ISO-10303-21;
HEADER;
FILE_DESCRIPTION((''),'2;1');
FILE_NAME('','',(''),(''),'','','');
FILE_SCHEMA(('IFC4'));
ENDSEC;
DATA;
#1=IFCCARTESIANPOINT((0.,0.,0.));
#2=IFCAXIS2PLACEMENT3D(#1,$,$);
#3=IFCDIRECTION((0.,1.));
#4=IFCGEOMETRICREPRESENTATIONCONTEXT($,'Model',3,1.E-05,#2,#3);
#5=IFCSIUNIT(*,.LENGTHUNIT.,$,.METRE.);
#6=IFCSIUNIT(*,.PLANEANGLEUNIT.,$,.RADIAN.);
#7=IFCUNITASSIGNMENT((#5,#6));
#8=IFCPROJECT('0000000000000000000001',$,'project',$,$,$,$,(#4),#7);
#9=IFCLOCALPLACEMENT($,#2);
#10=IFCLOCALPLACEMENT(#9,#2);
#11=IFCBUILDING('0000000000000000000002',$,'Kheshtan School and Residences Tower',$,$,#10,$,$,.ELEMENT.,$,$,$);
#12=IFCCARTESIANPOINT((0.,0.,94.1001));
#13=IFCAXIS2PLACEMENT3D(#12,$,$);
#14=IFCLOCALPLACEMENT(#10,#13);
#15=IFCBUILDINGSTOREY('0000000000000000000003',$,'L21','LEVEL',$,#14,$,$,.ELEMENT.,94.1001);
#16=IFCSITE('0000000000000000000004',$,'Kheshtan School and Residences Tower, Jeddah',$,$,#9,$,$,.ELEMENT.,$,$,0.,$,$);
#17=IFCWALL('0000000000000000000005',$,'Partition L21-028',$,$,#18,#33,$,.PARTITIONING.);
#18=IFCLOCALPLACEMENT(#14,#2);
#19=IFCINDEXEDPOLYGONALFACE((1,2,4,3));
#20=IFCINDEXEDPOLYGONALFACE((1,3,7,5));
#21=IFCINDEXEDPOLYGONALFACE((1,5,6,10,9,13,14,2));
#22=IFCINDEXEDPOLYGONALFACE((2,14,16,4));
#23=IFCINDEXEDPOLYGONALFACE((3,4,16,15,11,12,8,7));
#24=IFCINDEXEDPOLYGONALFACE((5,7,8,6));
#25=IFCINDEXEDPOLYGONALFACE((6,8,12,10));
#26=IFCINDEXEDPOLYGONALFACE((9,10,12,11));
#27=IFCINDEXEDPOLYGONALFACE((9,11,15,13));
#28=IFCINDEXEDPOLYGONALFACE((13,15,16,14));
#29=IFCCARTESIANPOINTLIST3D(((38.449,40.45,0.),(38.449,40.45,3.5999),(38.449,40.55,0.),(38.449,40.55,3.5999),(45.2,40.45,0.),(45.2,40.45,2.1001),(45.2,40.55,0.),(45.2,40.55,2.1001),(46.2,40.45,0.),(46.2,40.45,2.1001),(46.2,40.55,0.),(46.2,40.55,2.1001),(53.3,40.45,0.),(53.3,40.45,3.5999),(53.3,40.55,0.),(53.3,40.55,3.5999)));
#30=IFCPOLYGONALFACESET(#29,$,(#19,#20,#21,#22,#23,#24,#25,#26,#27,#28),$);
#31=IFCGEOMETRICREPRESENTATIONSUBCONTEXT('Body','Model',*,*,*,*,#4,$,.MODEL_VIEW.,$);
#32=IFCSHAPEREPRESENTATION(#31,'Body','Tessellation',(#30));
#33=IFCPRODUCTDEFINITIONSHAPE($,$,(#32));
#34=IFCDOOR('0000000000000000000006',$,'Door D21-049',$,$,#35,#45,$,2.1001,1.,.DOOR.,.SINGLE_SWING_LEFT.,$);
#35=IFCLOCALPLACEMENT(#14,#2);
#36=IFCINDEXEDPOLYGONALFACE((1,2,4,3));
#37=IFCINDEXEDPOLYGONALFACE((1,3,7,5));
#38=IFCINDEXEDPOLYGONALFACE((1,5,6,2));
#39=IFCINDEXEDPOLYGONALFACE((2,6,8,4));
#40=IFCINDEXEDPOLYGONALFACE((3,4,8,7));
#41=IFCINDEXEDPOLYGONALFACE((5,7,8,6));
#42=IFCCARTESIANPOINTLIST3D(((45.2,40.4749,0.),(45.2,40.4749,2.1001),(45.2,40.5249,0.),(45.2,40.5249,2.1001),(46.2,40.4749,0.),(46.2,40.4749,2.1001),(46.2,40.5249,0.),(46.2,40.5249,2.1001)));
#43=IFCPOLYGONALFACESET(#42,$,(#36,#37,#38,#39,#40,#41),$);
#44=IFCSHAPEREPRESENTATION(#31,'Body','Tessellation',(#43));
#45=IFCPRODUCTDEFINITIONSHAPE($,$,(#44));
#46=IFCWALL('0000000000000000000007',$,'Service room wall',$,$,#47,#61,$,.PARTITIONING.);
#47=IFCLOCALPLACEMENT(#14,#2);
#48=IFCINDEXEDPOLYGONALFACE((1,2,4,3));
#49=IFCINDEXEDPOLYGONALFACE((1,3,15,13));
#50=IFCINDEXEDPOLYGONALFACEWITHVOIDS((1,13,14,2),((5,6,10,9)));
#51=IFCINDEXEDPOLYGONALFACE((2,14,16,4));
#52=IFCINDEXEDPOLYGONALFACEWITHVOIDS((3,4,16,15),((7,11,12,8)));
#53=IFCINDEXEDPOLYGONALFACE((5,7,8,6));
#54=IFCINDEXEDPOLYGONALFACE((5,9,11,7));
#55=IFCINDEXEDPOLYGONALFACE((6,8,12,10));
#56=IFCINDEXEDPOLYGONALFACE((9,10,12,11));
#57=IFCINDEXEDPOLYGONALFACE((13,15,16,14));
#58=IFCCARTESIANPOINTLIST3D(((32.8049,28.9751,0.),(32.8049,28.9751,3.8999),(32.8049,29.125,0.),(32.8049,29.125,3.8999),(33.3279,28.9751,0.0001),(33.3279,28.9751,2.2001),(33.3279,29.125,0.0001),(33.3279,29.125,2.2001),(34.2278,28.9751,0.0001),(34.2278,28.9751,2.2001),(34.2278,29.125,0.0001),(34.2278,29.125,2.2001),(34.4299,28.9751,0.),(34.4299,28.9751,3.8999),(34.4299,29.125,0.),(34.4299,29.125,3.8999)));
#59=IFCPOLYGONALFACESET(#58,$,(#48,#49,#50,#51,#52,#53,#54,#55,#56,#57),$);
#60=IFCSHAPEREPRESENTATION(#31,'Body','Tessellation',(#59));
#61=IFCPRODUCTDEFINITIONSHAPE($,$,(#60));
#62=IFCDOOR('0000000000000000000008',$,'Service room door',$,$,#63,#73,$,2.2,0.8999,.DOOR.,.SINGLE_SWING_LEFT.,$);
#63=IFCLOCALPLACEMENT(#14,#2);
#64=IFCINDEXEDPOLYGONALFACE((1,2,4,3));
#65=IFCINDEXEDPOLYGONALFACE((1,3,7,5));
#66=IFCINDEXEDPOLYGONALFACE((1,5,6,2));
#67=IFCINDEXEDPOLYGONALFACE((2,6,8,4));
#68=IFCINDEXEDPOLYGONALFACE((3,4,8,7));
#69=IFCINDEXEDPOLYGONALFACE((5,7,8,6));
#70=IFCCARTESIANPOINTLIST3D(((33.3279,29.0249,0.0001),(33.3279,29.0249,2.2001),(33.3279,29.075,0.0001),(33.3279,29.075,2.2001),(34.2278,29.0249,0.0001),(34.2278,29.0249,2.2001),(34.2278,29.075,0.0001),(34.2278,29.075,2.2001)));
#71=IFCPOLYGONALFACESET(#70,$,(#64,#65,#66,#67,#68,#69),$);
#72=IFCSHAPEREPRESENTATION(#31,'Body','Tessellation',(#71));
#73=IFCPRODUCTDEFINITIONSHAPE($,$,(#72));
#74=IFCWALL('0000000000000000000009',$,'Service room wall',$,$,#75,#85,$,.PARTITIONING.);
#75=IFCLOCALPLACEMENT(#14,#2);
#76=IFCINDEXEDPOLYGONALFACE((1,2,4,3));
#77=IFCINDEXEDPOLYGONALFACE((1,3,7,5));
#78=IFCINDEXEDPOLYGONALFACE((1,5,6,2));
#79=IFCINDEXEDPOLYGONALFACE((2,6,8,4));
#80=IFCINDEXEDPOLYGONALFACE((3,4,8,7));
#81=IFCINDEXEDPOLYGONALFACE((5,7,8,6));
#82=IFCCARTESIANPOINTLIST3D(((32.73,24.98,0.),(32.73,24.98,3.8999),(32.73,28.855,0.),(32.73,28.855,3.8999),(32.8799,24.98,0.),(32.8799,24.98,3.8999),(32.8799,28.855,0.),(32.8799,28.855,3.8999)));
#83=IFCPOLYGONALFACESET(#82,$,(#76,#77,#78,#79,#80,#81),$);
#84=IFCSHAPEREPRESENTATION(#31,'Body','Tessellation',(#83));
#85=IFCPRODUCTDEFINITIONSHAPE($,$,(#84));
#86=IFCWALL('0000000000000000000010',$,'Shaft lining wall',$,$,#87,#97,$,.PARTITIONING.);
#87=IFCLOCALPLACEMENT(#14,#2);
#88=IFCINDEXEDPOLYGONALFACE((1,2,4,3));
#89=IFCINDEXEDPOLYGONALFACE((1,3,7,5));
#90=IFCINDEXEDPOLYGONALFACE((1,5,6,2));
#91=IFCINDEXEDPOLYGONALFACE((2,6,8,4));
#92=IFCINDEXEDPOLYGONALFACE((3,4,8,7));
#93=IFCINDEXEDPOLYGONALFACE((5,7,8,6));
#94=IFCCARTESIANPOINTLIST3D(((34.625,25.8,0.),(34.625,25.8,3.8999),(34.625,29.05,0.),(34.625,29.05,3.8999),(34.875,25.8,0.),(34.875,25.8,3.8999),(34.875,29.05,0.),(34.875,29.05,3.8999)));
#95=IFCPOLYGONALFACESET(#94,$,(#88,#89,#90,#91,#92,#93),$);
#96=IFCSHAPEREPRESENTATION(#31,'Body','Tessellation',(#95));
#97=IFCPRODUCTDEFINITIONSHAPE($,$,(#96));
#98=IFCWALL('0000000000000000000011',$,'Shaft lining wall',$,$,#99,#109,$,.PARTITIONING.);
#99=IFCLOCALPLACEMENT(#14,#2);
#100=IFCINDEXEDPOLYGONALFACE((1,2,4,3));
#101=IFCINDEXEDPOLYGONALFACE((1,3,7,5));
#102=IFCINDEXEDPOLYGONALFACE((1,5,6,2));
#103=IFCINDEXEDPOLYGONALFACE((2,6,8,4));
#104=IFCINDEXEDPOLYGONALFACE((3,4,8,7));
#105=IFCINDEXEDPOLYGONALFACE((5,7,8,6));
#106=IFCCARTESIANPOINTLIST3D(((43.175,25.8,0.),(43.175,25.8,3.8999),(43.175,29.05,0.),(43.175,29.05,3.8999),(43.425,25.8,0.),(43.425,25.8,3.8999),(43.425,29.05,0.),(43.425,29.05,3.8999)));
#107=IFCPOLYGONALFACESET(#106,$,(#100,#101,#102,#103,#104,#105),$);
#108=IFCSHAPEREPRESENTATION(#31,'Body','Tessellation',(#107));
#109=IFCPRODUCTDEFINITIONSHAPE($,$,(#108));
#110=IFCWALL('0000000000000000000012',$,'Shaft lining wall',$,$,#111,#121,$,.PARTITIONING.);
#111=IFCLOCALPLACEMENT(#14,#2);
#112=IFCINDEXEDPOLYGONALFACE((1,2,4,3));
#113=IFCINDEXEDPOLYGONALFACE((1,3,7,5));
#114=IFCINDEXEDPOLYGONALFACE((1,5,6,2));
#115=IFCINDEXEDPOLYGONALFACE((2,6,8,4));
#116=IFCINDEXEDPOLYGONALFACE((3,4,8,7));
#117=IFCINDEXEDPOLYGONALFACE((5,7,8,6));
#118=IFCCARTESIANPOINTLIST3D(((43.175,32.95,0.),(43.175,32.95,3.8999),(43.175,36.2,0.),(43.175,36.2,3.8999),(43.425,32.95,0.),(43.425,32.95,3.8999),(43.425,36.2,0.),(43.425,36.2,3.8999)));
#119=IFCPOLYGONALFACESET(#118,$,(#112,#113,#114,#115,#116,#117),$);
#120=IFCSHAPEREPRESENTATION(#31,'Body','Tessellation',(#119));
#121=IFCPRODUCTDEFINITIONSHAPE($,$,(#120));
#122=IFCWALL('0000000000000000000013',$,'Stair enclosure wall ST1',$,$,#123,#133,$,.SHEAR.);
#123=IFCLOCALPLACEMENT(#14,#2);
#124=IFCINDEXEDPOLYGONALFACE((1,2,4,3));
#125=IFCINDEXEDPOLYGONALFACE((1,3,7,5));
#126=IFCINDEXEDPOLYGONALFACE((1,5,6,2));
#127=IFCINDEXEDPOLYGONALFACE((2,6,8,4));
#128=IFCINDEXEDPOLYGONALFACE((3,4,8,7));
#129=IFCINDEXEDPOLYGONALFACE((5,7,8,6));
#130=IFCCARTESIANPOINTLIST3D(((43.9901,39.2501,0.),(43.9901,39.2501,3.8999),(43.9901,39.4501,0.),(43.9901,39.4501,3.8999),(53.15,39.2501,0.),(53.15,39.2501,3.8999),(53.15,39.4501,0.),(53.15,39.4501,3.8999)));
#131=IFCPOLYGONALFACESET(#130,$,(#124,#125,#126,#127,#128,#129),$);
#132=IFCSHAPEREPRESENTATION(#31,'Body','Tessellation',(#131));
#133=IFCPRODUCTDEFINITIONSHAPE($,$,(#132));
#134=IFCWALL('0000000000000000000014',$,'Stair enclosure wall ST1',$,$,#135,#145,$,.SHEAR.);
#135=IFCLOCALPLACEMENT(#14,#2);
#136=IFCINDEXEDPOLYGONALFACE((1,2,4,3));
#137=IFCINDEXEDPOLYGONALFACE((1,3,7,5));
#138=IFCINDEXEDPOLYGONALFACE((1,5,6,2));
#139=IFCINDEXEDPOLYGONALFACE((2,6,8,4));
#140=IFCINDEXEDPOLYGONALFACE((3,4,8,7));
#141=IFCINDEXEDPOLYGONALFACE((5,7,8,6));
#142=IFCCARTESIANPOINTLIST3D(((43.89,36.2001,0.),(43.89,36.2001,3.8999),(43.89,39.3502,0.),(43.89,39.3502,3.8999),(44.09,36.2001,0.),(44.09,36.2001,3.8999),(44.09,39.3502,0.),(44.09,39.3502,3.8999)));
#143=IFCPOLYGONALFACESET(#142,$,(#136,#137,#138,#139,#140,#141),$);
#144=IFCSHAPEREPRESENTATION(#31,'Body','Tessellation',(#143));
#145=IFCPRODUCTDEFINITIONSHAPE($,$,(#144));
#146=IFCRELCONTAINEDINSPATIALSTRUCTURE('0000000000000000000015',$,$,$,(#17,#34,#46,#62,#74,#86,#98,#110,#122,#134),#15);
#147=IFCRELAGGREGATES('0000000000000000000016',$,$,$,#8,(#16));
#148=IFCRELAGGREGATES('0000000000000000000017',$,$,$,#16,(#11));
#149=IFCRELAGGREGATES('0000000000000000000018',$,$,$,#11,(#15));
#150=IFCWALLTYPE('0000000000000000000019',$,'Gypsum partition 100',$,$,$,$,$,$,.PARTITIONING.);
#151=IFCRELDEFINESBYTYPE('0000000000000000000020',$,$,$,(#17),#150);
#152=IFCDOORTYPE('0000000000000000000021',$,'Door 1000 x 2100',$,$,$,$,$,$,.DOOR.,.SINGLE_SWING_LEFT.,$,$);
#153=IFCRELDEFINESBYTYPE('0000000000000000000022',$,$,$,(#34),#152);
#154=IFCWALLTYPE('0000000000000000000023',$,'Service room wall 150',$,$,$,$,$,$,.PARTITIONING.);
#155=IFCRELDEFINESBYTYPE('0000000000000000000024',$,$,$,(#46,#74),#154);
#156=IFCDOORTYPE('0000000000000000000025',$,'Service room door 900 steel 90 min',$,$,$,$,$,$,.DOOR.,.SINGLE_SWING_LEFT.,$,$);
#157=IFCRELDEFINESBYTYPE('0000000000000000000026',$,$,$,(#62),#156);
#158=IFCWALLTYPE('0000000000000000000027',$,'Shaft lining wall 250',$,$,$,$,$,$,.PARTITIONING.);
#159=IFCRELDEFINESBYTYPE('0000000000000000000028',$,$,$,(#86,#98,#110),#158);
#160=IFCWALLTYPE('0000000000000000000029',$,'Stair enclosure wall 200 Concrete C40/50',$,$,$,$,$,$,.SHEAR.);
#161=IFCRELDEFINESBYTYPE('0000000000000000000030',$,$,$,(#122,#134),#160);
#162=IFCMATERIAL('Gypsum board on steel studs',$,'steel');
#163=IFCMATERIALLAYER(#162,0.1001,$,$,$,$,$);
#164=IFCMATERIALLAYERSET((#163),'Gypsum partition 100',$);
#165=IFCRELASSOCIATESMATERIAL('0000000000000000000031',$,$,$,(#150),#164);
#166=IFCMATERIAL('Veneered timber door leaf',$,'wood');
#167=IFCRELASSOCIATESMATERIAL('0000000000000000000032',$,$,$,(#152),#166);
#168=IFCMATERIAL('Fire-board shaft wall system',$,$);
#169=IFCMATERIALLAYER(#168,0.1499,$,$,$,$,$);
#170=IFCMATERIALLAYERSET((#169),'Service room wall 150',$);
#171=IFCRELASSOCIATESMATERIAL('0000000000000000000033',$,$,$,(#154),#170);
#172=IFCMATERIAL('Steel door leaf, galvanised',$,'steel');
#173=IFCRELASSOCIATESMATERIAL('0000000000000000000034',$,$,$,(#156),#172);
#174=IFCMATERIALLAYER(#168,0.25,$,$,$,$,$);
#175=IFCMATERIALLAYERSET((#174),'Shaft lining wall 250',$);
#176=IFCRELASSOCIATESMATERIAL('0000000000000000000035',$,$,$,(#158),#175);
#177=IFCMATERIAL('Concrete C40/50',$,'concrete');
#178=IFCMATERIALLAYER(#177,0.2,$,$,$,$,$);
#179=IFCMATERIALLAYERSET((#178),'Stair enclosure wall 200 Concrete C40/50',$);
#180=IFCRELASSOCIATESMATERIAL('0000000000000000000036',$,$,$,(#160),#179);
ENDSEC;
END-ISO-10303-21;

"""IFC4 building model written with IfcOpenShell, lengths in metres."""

from ifc_helpers import new_model, si_unit, direction, frame, frame_2d, origin, place, context, subcontext, project, spatial, rectangle, extrude, source, transform, mapped, material, layer, layer_set, type_object, element, fill, save


model = new_model("IFC4")

# Units and contexts
model_context = context("Model", 3, precision=1e-05, world=origin(), true_north=direction((0.0, 1.0)))
body_context = subcontext(model_context, "Body", "Model", "MODEL_VIEW")
ifc_project = project(units=[si_unit("LENGTHUNIT", "METRE"), si_unit("PLANEANGLEUNIT", "RADIAN")], contexts=[model_context])

# Site, building, storey
site_placement = place(None, origin())
site = spatial("IfcSite", under=ifc_project, at=site_placement, Name="Kheshtan School and Residences Tower, Jeddah", CompositionType="ELEMENT", RefElevation=0.0)
building_placement = place(site_placement, origin())
building = spatial("IfcBuilding", under=site, at=building_placement, Name="Kheshtan School and Residences Tower", CompositionType="ELEMENT")
storey_placement = place(building_placement, frame((0.0, 0.0, 94.1001)))
storey = spatial("IfcBuildingStorey", under=building, at=storey_placement, Name="L21", Description="LEVEL", CompositionType="ELEMENT", Elevation=94.1001)

# Shared definitions
ifc_material_1 = material(Name="Steel door leaf, galvanised", Category="steel")

# Walls, openings, doors
ifc_material_2 = material(Name="Gypsum board on steel studs", Category="steel")
ifc_layer_1 = layer(ifc_material_2, 0.1001)
ifc_layer_set_1 = layer_set([ifc_layer_1], Name="Gypsum partition 100")
wall_type_1 = type_object("IfcWallType", Name="Gypsum partition 100", PredefinedType="PARTITIONING", material=ifc_layer_set_1)
wall_1_placement = place(storey_placement, frame((38.449, 40.5, 0.0), z_axis=(0.0, 0.0, 1.0), x_axis=(1.0, 0.0, 0.0)))
wall_1 = element("IfcWall", 1, at=wall_1_placement, inside=storey, type_object=wall_type_1, Name="Partition L21-028", PredefinedType="PARTITIONING", context=body_context, shape_type="SweptSolid", body=[
    extrude(rectangle(XDim=14.8511, YDim=0.1001, at=frame_2d((7.4255, 0.0))), origin(), (0.0, 0.0, 1.0), 3.5999),
])
opening_1_placement = place(wall_1_placement, frame((6.751, 0.0, 0.0)))
opening_1 = element("IfcOpeningElement", 2, at=opening_1_placement, cuts=wall_1, PredefinedType="OPENING", context=body_context, shape_type="SweptSolid", body=[
    extrude(rectangle(XDim=1.0, YDim=2.1001, at=frame_2d((0.5, 1.05))), frame((0.0, 0.0601, 0.0), z_axis=(0.0, -1.0, 0.0), x_axis=(1.0, 0.0, 0.0)), (0.0, 0.0, 1.0), 0.1201),
])
ifc_material_3 = material(Name="Veneered timber door leaf", Category="wood")
door_type_1 = type_object("IfcDoorType", Name="Door 1000 x 2100", OperationType="SINGLE_SWING_LEFT", PredefinedType="DOOR", material=ifc_material_3)
shared_shape_1 = source(origin(), body_context, "Body", "SweptSolid", [
    extrude(rectangle(XDim=1.0, YDim=2.1001, at=frame_2d((0.5, 1.05))), frame((0.0, 0.0249, 0.0), z_axis=(0.0, -1.0, 0.0), x_axis=(1.0, 0.0, 0.0)), (0.0, 0.0, 1.0), 0.05),
])
door_1_placement = place(opening_1_placement, origin())
door_1 = element("IfcDoor", 3, at=door_1_placement, inside=storey, type_object=door_type_1, Name="Door D21-049", OperationType="SINGLE_SWING_LEFT", OverallHeight=2.1001, OverallWidth=1.0, PredefinedType="DOOR", context=body_context, shape_type="MappedRepresentation", body=[
    mapped(shared_shape_1, transform((0.0, 0.0, 0.0), x_axis=(1.0, 0.0, 0.0), y_axis=(0.0, 1.0, 0.0), z_axis=(0.0, 0.0, 1.0), scale=1.0)),
])
fill(opening_1, door_1)
ifc_material_4 = material(Name="Fire-board shaft wall system")
ifc_layer_2 = layer(ifc_material_4, 0.1499)
ifc_layer_set_2 = layer_set([ifc_layer_2], Name="Service room wall 150")
wall_type_2 = type_object("IfcWallType", Name="Service room wall 150", PredefinedType="PARTITIONING", material=ifc_layer_set_2)
wall_2_placement = place(storey_placement, frame((32.8049, 29.05, 0.0), z_axis=(0.0, 0.0, 1.0), x_axis=(1.0, 0.0, 0.0)))
wall_2 = element("IfcWall", 4, at=wall_2_placement, inside=storey, type_object=wall_type_2, Name="Service room wall", PredefinedType="PARTITIONING", context=body_context, shape_type="SweptSolid", body=[
    extrude(rectangle(XDim=1.625, YDim=0.1499, at=frame_2d((0.8125, 0.0))), origin(), (0.0, 0.0, 1.0), 3.8999),
])
opening_2_placement = place(wall_2_placement, frame((0.5229, 0.0, 0.0)))
opening_2 = element("IfcOpeningElement", 5, at=opening_2_placement, cuts=wall_2, PredefinedType="OPENING", context=body_context, shape_type="SweptSolid", body=[
    extrude(rectangle(XDim=0.8999, YDim=2.2, at=frame_2d((0.45, 1.1001))), frame((0.0, 0.085, 0.0), z_axis=(0.0, -1.0, 0.0), x_axis=(1.0, 0.0, 0.0)), (0.0, 0.0, 1.0), 0.1699),
])
door_type_2 = type_object("IfcDoorType", Name="Service room door 900 steel 90 min", OperationType="SINGLE_SWING_LEFT", PredefinedType="DOOR", material=ifc_material_1)
shared_shape_2 = source(origin(), body_context, "Body", "SweptSolid", [
    extrude(rectangle(XDim=0.8999, YDim=2.2, at=frame_2d((0.45, 1.1001))), frame((0.0, 0.0249, 0.0), z_axis=(0.0, -1.0, 0.0), x_axis=(1.0, 0.0, 0.0)), (0.0, 0.0, 1.0), 0.05),
])
door_2_placement = place(opening_2_placement, origin())
door_2 = element("IfcDoor", 6, at=door_2_placement, inside=storey, type_object=door_type_2, Name="Service room door", OperationType="SINGLE_SWING_LEFT", OverallHeight=2.2, OverallWidth=0.8999, PredefinedType="DOOR", context=body_context, shape_type="MappedRepresentation", body=[
    mapped(shared_shape_2, transform((0.0, 0.0, 0.0), x_axis=(1.0, 0.0, 0.0), y_axis=(0.0, 1.0, 0.0), z_axis=(0.0, 0.0, 1.0), scale=1.0)),
])
fill(opening_2, door_2)

# Walls
wall_3_placement = place(storey_placement, frame((32.8049, 24.98, 0.0), z_axis=(0.0, 0.0, 1.0), x_axis=(0.0, 1.0, 0.0)))
element("IfcWall", 7, at=wall_3_placement, inside=storey, type_object=wall_type_2, Name="Service room wall", PredefinedType="PARTITIONING", context=body_context, shape_type="SweptSolid", body=[
    extrude(rectangle(XDim=3.875, YDim=0.1499, at=frame_2d((1.9375, 0.0))), origin(), (0.0, 0.0, 1.0), 3.8999),
])
ifc_layer_3 = layer(ifc_material_4, 0.25)
ifc_layer_set_3 = layer_set([ifc_layer_3], Name="Shaft lining wall 250")
wall_type_3 = type_object("IfcWallType", Name="Shaft lining wall 250", PredefinedType="PARTITIONING", material=ifc_layer_set_3)
for number, where, z_axis, x_axis, name in (
    (8, (34.75, 25.8, 0.0), (0.0, 0.0, 1.0), (0.0, 1.0, 0.0), "Shaft lining wall"),
    (9, (43.3, 25.8, 0.0), (0.0, 0.0, 1.0), (0.0, 1.0, 0.0), "Shaft lining wall"),
    (10, (43.3, 32.95, 0.0), (0.0, 0.0, 1.0), (0.0, 1.0, 0.0), "Shaft lining wall"),
):
    element("IfcWall", number, at=place(storey_placement, frame(where, z_axis=z_axis, x_axis=x_axis)), inside=storey, type_object=wall_type_3, Name=name, PredefinedType="PARTITIONING", context=body_context, shape_type="SweptSolid", body=[
        extrude(rectangle(XDim=3.25, YDim=0.25, at=frame_2d((1.625, 0.0))), origin(), (0.0, 0.0, 1.0), 3.8999),
    ])
ifc_material_5 = material(Name="Concrete C40/50", Category="concrete")
ifc_layer_4 = layer(ifc_material_5, 0.2)
ifc_layer_set_4 = layer_set([ifc_layer_4], Name="Stair enclosure wall 200 Concrete C40/50")
wall_type_4 = type_object("IfcWallType", Name="Stair enclosure wall 200 Concrete C40/50", PredefinedType="SHEAR", material=ifc_layer_set_4)
wall_4_placement = place(storey_placement, frame((43.99, 39.3501, 0.0), z_axis=(0.0, 0.0, 1.0), x_axis=(1.0, 0.0, 0.0)))
element("IfcWall", 11, at=wall_4_placement, inside=storey, type_object=wall_type_4, Name="Stair enclosure wall ST1", PredefinedType="SHEAR", context=body_context, shape_type="SweptSolid", body=[
    extrude(rectangle(XDim=9.1599, YDim=0.2, at=frame_2d((4.5801, 0.0))), origin(), (0.0, 0.0, 1.0), 3.8999),
])
wall_5_placement = place(storey_placement, frame((43.99, 36.2, 0.0), z_axis=(0.0, 0.0, 1.0), x_axis=(0.0, 1.0, 0.0)))
element("IfcWall", 12, at=wall_5_placement, inside=storey, type_object=wall_type_4, Name="Stair enclosure wall ST1", PredefinedType="SHEAR", context=body_context, shape_type="SweptSolid", body=[
    extrude(rectangle(XDim=3.1501, YDim=0.2, at=frame_2d((1.5752, 0.0))), origin(), (0.0, 0.0, 1.0), 3.8999),
])

save(model, "model.ifc")
